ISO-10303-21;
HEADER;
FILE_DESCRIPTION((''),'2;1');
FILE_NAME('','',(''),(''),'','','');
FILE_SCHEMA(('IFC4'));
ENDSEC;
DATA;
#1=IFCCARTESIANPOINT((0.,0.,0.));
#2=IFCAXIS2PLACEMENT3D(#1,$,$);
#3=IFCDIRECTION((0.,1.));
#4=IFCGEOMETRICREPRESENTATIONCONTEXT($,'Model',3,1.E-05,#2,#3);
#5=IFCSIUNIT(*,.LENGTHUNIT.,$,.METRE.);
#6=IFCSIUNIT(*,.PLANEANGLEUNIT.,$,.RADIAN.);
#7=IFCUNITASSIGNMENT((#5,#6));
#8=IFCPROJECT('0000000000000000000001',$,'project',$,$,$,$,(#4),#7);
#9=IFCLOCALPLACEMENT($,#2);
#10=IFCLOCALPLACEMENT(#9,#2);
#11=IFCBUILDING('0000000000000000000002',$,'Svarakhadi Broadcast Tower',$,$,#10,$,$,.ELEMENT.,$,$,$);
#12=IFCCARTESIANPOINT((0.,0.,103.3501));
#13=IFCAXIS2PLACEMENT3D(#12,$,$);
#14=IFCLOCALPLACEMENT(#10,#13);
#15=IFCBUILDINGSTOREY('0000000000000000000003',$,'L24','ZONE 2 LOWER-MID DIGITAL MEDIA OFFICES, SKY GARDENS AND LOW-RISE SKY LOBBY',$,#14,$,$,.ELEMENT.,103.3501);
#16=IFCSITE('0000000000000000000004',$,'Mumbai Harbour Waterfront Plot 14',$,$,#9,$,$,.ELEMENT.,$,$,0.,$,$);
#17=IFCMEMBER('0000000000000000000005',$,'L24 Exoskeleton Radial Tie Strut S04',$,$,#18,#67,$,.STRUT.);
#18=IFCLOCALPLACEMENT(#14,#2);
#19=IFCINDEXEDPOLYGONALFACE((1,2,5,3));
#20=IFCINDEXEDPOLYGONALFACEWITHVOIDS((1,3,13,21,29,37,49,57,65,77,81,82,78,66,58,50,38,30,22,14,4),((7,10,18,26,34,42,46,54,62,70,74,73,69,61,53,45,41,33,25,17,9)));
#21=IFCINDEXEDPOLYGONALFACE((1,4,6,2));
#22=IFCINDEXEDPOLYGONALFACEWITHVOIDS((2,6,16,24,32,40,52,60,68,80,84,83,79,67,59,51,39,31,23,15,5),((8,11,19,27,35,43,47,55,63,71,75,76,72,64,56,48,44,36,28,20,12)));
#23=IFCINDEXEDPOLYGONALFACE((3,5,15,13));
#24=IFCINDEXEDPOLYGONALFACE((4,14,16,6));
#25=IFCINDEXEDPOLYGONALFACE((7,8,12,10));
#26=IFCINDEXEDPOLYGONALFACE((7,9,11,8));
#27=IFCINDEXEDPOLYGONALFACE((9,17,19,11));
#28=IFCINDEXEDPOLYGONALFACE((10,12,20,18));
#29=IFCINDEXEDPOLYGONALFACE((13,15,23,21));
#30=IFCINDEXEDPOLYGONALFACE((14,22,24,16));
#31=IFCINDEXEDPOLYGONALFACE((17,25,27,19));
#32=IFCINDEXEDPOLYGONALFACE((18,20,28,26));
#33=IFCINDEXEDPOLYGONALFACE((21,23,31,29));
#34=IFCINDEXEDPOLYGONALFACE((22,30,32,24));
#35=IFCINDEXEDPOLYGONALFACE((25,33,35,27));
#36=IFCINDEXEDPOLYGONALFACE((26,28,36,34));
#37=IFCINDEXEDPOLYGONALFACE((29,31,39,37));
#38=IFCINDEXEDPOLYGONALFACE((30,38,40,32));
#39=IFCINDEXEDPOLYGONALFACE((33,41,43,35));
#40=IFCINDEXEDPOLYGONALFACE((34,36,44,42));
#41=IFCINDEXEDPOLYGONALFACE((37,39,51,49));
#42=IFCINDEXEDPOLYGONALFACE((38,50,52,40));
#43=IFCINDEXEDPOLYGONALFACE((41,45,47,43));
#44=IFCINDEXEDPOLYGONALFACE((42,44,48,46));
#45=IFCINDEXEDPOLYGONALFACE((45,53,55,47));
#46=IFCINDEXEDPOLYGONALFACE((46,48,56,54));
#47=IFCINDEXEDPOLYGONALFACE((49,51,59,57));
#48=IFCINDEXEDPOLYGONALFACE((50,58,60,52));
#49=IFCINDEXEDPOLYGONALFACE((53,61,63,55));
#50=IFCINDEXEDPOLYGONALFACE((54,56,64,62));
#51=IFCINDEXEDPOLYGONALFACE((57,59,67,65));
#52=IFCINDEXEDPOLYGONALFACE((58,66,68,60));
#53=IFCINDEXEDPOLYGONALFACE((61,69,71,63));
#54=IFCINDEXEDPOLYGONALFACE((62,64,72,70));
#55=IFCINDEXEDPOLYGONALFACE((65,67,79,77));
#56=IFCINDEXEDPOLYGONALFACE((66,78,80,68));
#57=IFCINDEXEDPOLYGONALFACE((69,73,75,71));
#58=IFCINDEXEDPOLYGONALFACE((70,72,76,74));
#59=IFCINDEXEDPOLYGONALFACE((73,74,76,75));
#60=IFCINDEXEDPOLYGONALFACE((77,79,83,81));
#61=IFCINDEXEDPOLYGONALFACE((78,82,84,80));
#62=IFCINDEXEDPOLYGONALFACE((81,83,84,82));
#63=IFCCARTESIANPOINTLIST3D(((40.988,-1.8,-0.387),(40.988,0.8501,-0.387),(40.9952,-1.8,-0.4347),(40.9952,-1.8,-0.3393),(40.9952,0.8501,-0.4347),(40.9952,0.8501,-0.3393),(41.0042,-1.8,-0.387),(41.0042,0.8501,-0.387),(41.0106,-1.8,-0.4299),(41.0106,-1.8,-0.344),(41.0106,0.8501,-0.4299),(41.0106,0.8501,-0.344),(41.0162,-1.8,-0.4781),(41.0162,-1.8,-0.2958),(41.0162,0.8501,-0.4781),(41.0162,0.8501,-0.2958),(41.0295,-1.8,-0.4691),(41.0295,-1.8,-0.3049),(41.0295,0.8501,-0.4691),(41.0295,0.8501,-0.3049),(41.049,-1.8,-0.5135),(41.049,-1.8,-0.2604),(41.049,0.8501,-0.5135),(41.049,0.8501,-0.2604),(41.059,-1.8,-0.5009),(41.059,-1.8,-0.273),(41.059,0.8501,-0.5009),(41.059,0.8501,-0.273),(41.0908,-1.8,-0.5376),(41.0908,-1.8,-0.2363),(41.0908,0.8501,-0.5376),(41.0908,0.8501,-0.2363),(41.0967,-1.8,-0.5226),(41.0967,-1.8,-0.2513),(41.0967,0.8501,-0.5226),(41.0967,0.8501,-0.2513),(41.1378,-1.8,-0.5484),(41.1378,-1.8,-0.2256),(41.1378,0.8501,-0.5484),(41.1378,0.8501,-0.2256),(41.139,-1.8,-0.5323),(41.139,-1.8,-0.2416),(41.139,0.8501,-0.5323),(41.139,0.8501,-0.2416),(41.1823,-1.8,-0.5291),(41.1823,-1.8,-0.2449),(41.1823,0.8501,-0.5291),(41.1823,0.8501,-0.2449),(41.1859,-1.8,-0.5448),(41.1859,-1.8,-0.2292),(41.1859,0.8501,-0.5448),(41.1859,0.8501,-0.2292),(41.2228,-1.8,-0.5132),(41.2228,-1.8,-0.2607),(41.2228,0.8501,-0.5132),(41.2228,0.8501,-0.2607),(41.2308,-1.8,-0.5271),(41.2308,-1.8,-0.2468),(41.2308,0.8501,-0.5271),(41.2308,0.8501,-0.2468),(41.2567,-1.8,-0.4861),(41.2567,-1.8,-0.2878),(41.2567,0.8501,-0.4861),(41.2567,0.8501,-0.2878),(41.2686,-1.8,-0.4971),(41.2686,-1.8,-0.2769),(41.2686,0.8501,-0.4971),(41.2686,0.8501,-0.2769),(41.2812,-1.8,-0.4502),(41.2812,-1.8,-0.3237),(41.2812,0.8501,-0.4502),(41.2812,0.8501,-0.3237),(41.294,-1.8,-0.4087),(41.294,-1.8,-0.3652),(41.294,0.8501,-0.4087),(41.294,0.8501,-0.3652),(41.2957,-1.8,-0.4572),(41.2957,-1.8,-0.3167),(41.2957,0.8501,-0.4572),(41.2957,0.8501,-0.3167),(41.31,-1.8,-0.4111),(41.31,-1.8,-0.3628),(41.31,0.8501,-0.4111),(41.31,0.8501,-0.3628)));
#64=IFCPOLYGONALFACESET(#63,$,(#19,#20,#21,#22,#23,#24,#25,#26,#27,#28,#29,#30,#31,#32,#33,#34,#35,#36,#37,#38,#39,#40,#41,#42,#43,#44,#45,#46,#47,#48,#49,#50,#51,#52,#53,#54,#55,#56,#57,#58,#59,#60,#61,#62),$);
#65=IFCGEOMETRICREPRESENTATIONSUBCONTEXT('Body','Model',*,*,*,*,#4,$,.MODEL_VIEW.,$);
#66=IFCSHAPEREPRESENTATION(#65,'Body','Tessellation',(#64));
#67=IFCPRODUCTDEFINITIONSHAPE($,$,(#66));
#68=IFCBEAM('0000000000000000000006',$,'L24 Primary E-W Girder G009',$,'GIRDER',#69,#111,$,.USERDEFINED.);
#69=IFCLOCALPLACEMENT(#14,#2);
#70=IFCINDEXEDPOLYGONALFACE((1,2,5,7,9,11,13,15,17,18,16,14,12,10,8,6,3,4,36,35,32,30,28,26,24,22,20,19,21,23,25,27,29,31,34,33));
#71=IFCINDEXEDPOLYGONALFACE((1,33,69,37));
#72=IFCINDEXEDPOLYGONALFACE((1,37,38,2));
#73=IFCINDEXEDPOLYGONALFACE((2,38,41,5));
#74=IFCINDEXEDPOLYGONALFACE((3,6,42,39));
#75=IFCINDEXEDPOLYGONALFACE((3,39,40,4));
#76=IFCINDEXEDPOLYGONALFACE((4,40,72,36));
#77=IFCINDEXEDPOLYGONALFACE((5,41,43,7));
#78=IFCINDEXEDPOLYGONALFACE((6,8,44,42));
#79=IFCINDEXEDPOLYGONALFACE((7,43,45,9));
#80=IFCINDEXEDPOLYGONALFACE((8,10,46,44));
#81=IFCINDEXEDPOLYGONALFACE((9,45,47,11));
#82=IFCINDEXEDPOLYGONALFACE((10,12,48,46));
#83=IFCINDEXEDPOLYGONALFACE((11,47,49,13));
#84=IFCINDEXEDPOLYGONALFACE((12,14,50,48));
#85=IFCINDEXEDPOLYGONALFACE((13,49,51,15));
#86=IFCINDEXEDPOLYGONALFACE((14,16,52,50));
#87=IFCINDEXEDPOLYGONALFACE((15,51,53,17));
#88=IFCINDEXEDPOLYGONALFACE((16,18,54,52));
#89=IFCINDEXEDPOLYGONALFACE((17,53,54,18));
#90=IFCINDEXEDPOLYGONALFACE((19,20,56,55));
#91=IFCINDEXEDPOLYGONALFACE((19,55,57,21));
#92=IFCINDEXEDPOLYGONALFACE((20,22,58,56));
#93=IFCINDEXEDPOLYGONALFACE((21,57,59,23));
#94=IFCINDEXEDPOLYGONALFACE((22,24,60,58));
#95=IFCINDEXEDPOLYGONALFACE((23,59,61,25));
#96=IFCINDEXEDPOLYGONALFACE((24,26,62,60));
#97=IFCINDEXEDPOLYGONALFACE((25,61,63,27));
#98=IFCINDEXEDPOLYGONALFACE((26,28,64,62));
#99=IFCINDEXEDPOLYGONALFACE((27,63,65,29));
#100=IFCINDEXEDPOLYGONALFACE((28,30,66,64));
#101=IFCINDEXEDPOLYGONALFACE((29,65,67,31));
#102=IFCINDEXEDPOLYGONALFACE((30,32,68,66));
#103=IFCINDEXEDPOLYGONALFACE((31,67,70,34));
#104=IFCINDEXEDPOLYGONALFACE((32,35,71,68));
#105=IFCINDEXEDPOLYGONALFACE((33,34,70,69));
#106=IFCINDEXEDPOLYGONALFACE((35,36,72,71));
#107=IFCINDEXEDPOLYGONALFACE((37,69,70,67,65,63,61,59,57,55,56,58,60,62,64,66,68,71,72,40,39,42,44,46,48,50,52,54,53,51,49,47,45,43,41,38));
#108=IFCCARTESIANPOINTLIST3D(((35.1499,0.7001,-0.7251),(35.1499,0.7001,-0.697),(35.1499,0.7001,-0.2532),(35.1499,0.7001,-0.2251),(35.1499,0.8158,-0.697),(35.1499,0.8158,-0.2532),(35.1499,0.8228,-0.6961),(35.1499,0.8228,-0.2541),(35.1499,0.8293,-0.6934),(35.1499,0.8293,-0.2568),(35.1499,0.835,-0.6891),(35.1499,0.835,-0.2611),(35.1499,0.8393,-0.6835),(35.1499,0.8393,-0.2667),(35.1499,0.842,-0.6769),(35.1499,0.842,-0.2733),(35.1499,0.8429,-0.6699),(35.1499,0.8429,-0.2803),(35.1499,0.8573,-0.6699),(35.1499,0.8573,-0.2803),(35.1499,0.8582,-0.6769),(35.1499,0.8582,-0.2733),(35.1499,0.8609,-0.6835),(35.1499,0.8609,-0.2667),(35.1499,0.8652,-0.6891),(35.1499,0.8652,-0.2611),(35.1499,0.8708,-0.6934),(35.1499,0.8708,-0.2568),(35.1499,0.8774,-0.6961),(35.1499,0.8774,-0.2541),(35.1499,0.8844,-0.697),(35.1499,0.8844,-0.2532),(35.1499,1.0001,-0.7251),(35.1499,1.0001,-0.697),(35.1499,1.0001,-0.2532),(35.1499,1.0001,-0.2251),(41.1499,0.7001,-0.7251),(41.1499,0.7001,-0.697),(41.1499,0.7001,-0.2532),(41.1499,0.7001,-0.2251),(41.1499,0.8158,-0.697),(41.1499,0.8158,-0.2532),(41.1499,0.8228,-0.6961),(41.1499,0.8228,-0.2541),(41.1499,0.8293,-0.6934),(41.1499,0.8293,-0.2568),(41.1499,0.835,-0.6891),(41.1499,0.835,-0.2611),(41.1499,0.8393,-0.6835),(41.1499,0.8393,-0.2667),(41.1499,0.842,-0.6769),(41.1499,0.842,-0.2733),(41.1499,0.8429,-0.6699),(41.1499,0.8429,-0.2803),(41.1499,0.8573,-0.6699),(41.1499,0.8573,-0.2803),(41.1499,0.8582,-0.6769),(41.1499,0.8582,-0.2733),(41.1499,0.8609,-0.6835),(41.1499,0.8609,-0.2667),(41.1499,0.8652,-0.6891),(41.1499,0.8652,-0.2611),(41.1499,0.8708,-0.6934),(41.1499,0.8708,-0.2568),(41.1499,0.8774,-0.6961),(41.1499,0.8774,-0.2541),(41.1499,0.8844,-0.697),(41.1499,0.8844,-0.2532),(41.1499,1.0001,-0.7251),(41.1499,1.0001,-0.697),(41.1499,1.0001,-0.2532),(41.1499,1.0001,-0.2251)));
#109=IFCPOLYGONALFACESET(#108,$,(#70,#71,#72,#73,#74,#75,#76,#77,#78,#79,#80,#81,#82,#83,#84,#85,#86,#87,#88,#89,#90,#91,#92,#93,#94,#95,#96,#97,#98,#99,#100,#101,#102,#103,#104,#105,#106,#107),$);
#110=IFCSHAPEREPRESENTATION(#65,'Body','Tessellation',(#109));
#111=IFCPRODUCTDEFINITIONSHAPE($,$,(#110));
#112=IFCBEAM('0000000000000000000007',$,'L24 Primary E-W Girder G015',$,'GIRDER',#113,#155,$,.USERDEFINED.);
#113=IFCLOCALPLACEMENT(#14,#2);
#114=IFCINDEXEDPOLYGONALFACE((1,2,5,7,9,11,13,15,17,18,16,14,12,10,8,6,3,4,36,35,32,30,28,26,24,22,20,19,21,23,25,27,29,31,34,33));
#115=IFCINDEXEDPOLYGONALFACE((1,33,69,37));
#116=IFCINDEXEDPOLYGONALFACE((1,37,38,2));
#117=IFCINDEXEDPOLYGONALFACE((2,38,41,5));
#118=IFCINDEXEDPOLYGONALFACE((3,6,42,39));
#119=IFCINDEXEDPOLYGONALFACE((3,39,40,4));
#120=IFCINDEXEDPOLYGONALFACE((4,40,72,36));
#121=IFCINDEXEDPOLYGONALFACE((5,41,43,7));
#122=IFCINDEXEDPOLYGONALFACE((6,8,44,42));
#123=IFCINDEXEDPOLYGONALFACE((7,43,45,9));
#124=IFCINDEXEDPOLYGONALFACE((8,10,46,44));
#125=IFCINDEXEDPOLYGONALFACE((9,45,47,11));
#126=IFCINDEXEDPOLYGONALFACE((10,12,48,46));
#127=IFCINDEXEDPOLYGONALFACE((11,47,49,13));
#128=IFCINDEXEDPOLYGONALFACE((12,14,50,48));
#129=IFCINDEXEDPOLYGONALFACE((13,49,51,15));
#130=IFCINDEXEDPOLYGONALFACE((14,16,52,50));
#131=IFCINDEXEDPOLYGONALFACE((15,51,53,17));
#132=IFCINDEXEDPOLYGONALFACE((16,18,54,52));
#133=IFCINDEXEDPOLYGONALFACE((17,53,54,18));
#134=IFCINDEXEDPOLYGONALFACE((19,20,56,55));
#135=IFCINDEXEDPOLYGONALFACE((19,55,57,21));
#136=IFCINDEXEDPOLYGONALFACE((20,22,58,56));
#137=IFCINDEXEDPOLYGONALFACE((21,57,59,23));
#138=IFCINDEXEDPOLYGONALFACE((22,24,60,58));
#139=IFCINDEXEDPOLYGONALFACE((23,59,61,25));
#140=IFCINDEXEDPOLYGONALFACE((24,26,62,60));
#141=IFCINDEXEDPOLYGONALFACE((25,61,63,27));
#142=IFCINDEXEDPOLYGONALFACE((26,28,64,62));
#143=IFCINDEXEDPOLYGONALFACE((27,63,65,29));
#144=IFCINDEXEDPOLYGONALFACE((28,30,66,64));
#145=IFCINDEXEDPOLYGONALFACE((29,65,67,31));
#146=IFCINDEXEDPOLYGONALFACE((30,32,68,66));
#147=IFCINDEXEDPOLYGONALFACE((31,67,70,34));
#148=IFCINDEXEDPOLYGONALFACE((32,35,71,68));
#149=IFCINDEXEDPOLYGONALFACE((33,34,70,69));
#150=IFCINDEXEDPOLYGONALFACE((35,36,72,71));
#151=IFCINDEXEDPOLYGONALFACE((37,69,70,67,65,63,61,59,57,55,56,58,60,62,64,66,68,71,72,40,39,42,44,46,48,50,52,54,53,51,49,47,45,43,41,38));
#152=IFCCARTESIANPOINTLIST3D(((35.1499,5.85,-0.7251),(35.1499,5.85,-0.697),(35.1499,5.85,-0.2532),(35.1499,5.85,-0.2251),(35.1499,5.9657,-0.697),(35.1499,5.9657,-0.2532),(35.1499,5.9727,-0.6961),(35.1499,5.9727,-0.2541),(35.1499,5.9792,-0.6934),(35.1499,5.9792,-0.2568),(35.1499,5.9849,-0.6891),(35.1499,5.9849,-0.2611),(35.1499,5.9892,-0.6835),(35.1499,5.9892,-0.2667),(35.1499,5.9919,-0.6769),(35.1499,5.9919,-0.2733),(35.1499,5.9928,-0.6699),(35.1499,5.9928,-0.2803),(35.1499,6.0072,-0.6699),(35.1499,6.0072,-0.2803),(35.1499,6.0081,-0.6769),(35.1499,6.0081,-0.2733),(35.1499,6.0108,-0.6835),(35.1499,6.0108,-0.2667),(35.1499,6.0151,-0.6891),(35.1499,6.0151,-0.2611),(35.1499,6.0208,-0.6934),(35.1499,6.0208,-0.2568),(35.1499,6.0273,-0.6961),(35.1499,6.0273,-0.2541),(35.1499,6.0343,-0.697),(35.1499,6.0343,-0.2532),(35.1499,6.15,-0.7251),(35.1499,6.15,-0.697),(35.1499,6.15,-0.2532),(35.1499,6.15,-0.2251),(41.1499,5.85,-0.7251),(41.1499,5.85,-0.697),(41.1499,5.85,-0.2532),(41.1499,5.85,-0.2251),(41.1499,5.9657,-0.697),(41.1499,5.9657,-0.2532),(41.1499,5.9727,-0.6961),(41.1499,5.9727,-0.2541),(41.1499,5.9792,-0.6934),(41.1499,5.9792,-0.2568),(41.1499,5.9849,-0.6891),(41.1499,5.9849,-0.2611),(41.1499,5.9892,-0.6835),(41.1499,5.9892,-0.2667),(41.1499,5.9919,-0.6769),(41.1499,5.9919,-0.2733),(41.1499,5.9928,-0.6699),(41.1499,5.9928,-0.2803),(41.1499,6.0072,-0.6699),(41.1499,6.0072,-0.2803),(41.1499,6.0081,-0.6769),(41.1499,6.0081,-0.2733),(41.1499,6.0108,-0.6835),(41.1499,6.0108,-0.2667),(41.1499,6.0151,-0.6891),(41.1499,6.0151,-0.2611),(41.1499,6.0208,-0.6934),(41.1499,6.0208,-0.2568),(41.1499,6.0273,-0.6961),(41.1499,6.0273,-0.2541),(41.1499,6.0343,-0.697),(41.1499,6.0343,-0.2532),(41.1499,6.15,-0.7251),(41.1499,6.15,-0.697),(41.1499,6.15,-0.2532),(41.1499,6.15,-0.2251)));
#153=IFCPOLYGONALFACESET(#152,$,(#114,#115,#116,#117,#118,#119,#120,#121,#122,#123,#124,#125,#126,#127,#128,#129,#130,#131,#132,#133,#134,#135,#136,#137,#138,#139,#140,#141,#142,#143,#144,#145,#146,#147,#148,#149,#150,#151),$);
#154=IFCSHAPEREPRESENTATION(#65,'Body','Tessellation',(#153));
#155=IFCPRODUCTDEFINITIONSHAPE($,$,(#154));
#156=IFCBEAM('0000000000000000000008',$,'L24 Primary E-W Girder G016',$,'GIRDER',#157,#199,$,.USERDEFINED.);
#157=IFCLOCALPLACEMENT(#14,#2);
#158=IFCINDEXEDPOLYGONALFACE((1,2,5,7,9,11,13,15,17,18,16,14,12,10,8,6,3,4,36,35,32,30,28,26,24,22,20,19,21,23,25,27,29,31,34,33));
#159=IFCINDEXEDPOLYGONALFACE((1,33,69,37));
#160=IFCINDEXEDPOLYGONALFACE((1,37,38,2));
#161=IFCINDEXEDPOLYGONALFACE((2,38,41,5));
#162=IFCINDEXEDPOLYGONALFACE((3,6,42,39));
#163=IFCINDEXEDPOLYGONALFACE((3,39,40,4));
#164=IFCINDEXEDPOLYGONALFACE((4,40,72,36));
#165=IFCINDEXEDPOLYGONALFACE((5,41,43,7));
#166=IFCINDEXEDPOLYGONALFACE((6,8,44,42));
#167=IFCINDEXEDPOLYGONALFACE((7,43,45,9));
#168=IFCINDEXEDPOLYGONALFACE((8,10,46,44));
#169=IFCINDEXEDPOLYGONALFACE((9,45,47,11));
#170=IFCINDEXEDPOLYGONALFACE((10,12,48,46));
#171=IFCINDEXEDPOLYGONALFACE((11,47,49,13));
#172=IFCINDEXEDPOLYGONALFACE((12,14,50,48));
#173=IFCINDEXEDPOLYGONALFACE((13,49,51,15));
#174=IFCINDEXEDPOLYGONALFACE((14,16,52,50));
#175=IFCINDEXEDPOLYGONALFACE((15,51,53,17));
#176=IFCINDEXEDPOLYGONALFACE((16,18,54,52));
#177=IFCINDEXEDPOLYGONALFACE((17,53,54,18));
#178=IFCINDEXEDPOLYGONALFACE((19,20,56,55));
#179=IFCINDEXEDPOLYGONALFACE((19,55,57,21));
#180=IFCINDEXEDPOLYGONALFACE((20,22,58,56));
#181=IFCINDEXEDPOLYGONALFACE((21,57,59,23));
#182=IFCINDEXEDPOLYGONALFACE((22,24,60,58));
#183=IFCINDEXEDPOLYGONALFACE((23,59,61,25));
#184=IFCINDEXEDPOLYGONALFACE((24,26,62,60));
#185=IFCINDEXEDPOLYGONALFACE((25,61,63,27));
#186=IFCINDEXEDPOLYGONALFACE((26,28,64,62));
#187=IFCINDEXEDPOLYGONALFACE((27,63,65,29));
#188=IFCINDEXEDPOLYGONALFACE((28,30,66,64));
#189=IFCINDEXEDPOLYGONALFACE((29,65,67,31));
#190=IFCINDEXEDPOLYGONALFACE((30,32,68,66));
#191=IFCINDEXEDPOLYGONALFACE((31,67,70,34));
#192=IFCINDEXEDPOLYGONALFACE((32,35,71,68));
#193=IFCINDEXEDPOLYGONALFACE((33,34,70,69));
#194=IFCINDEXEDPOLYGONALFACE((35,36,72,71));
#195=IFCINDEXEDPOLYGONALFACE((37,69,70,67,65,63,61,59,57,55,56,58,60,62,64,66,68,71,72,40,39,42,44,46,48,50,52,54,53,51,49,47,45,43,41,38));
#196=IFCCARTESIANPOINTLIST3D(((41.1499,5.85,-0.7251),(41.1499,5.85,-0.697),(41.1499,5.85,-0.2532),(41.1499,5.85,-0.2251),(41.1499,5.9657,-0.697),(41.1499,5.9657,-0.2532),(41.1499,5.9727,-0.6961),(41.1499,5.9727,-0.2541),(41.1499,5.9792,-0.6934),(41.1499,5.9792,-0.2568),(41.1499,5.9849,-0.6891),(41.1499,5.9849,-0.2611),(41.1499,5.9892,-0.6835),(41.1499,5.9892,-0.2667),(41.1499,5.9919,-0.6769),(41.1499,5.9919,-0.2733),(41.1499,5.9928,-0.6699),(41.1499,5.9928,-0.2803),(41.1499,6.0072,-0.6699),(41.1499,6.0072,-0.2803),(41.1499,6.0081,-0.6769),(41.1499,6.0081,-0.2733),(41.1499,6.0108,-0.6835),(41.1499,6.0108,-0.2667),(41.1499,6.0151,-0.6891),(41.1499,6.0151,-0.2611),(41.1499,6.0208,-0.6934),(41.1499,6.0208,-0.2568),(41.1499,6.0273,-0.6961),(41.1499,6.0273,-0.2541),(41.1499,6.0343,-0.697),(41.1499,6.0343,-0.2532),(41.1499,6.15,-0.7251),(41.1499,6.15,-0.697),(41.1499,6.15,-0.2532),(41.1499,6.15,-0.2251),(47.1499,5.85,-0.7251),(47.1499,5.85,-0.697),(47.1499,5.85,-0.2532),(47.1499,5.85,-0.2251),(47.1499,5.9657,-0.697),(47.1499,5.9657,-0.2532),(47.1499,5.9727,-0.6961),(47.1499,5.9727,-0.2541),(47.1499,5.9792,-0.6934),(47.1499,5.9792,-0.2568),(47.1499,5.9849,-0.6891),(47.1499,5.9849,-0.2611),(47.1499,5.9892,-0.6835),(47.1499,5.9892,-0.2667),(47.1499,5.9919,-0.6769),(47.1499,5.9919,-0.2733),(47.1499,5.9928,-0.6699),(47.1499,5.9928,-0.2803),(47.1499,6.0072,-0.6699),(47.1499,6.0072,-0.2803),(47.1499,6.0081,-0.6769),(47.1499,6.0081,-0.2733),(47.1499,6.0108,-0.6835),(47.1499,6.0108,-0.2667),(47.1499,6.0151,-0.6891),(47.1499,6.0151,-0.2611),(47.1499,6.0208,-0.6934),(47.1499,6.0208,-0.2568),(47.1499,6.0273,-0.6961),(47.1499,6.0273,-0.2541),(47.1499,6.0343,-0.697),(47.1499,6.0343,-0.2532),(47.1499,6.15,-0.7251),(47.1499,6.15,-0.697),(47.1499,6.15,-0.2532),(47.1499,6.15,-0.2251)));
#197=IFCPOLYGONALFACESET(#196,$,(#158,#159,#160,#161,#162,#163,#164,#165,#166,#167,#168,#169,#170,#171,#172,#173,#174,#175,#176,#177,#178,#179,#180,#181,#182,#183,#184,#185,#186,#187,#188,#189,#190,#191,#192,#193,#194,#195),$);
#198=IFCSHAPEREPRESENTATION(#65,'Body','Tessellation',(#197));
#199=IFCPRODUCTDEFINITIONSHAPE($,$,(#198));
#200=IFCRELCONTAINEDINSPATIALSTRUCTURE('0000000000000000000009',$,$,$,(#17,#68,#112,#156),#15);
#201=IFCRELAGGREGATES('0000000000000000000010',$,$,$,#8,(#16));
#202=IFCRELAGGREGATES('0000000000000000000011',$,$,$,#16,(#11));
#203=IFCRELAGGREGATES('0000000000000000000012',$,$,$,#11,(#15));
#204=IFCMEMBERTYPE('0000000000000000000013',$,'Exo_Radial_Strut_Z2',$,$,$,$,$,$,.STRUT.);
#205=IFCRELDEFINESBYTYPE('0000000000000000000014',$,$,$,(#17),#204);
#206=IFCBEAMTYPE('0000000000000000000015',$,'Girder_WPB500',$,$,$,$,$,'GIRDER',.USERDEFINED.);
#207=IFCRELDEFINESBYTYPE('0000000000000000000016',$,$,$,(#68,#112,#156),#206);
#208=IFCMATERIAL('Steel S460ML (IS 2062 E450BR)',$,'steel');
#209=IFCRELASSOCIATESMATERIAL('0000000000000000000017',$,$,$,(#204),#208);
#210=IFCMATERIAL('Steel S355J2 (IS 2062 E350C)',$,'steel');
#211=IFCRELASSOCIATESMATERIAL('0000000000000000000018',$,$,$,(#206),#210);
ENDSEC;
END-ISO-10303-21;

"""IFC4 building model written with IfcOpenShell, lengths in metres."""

from ifc_helpers import new_model, si_unit, direction, frame, origin, origin_2d, place, context, subcontext, project, spatial, hollow_circle, i_section, extrude, material, material_profile, profile_set, type_object, element, save


model = new_model("IFC4")

# Units and contexts
model_context = context("Model", 3, precision=1e-05, world=origin(), true_north=direction((0.0, 1.0)))
body_context = subcontext(model_context, "Body", "Model", "MODEL_VIEW")
ifc_project = project(units=[si_unit("LENGTHUNIT", "METRE"), si_unit("PLANEANGLEUNIT", "RADIAN")], contexts=[model_context])

# Site, building, storey
site_placement = place(None, origin())
site = spatial("IfcSite", under=ifc_project, at=site_placement, Name="Mumbai Harbour Waterfront Plot 14", CompositionType="ELEMENT", RefElevation=0.0)
building_placement = place(site_placement, origin())
building = spatial("IfcBuilding", under=site, at=building_placement, Name="Svarakhadi Broadcast Tower", CompositionType="ELEMENT")
storey_placement = place(building_placement, frame((0.0, 0.0, 103.3501)))
storey = spatial("IfcBuildingStorey", under=building, at=storey_placement, Name="L24", Description="ZONE 2 LOWER-MID DIGITAL MEDIA OFFICES, SKY GARDENS AND LOW-RISE SKY LOBBY", CompositionType="ELEMENT", Elevation=103.3501)

# Shared definitions
ifc_material_1 = material(Name="Steel S460ML (IS 2062 E450BR)", Category="steel")

# Shared definitions
ifc_material_2 = material(Name="Steel S355J2 (IS 2062 E350C)", Category="steel")

# Member
ifc_material_profile_1 = material_profile(ifc_material_1, hollow_circle(Radius=0.1619, WallThickness=0.0161, at=origin_2d()), Name="CHS 323.9x16")
ifc_profile_set_1 = profile_set([ifc_material_profile_1], Name="Steel S460ML (IS 2062 E450BR)")
member_type = type_object("IfcMemberType", Name="Exo_Radial_Strut_Z2", PredefinedType="STRUT", material=ifc_profile_set_1)
member_placement = place(storey_placement, frame((41.1499, -1.8, -0.387), z_axis=(0.0, 1.0, 0.0), x_axis=(-1.0, 0.0, 0.0)))
element("IfcMember", 1, at=member_placement, inside=storey, type_object=member_type, Name="L24 Exoskeleton Radial Tie Strut S04", PredefinedType="STRUT", context=body_context, shape_type="SweptSolid", body=[
    extrude(hollow_circle(Radius=0.1619, WallThickness=0.0161, at=origin_2d()), origin(), (0.0, 0.0, 1.0), 2.6501),
])

# Beams
ifc_material_profile_2 = material_profile(ifc_material_2, i_section(OverallWidth=0.3, OverallDepth=0.5, WebThickness=0.0144, FlangeThickness=0.0281, FilletRadius=0.0271, at=origin_2d()), Name="WPB 500x300x187")
ifc_profile_set_2 = profile_set([ifc_material_profile_2], Name="Steel S355J2 (IS 2062 E350C)")
beam_type_1 = type_object("IfcBeamType", Name="Girder_WPB500", ElementType="GIRDER", PredefinedType="USERDEFINED", material=ifc_profile_set_2)
for number, where, z_axis, x_axis, name in (
    (2, (35.1499, 0.8501, -0.4751), (1.0, 0.0, 0.0), (0.0, 1.0, 0.0), "L24 Primary E-W Girder G009"),
    (3, (35.1499, 6.0, -0.4751), (1.0, 0.0, 0.0), (0.0, 1.0, 0.0), "L24 Primary E-W Girder G015"),
    (4, (41.1499, 6.0, -0.4751), (1.0, 0.0, 0.0), (0.0, 1.0, 0.0), "L24 Primary E-W Girder G016"),
):
    element("IfcBeam", number, at=place(storey_placement, frame(where, z_axis=z_axis, x_axis=x_axis)), inside=storey, type_object=beam_type_1, Name=name, ObjectType="GIRDER", PredefinedType="USERDEFINED", context=body_context, shape_type="SweptSolid", body=[
        extrude(i_section(OverallWidth=0.3, OverallDepth=0.5, WebThickness=0.0144, FlangeThickness=0.0281, FilletRadius=0.0271, at=origin_2d()), origin(), (0.0, 0.0, 1.0), 6.0),
    ])

save(model, "model.ifc")
